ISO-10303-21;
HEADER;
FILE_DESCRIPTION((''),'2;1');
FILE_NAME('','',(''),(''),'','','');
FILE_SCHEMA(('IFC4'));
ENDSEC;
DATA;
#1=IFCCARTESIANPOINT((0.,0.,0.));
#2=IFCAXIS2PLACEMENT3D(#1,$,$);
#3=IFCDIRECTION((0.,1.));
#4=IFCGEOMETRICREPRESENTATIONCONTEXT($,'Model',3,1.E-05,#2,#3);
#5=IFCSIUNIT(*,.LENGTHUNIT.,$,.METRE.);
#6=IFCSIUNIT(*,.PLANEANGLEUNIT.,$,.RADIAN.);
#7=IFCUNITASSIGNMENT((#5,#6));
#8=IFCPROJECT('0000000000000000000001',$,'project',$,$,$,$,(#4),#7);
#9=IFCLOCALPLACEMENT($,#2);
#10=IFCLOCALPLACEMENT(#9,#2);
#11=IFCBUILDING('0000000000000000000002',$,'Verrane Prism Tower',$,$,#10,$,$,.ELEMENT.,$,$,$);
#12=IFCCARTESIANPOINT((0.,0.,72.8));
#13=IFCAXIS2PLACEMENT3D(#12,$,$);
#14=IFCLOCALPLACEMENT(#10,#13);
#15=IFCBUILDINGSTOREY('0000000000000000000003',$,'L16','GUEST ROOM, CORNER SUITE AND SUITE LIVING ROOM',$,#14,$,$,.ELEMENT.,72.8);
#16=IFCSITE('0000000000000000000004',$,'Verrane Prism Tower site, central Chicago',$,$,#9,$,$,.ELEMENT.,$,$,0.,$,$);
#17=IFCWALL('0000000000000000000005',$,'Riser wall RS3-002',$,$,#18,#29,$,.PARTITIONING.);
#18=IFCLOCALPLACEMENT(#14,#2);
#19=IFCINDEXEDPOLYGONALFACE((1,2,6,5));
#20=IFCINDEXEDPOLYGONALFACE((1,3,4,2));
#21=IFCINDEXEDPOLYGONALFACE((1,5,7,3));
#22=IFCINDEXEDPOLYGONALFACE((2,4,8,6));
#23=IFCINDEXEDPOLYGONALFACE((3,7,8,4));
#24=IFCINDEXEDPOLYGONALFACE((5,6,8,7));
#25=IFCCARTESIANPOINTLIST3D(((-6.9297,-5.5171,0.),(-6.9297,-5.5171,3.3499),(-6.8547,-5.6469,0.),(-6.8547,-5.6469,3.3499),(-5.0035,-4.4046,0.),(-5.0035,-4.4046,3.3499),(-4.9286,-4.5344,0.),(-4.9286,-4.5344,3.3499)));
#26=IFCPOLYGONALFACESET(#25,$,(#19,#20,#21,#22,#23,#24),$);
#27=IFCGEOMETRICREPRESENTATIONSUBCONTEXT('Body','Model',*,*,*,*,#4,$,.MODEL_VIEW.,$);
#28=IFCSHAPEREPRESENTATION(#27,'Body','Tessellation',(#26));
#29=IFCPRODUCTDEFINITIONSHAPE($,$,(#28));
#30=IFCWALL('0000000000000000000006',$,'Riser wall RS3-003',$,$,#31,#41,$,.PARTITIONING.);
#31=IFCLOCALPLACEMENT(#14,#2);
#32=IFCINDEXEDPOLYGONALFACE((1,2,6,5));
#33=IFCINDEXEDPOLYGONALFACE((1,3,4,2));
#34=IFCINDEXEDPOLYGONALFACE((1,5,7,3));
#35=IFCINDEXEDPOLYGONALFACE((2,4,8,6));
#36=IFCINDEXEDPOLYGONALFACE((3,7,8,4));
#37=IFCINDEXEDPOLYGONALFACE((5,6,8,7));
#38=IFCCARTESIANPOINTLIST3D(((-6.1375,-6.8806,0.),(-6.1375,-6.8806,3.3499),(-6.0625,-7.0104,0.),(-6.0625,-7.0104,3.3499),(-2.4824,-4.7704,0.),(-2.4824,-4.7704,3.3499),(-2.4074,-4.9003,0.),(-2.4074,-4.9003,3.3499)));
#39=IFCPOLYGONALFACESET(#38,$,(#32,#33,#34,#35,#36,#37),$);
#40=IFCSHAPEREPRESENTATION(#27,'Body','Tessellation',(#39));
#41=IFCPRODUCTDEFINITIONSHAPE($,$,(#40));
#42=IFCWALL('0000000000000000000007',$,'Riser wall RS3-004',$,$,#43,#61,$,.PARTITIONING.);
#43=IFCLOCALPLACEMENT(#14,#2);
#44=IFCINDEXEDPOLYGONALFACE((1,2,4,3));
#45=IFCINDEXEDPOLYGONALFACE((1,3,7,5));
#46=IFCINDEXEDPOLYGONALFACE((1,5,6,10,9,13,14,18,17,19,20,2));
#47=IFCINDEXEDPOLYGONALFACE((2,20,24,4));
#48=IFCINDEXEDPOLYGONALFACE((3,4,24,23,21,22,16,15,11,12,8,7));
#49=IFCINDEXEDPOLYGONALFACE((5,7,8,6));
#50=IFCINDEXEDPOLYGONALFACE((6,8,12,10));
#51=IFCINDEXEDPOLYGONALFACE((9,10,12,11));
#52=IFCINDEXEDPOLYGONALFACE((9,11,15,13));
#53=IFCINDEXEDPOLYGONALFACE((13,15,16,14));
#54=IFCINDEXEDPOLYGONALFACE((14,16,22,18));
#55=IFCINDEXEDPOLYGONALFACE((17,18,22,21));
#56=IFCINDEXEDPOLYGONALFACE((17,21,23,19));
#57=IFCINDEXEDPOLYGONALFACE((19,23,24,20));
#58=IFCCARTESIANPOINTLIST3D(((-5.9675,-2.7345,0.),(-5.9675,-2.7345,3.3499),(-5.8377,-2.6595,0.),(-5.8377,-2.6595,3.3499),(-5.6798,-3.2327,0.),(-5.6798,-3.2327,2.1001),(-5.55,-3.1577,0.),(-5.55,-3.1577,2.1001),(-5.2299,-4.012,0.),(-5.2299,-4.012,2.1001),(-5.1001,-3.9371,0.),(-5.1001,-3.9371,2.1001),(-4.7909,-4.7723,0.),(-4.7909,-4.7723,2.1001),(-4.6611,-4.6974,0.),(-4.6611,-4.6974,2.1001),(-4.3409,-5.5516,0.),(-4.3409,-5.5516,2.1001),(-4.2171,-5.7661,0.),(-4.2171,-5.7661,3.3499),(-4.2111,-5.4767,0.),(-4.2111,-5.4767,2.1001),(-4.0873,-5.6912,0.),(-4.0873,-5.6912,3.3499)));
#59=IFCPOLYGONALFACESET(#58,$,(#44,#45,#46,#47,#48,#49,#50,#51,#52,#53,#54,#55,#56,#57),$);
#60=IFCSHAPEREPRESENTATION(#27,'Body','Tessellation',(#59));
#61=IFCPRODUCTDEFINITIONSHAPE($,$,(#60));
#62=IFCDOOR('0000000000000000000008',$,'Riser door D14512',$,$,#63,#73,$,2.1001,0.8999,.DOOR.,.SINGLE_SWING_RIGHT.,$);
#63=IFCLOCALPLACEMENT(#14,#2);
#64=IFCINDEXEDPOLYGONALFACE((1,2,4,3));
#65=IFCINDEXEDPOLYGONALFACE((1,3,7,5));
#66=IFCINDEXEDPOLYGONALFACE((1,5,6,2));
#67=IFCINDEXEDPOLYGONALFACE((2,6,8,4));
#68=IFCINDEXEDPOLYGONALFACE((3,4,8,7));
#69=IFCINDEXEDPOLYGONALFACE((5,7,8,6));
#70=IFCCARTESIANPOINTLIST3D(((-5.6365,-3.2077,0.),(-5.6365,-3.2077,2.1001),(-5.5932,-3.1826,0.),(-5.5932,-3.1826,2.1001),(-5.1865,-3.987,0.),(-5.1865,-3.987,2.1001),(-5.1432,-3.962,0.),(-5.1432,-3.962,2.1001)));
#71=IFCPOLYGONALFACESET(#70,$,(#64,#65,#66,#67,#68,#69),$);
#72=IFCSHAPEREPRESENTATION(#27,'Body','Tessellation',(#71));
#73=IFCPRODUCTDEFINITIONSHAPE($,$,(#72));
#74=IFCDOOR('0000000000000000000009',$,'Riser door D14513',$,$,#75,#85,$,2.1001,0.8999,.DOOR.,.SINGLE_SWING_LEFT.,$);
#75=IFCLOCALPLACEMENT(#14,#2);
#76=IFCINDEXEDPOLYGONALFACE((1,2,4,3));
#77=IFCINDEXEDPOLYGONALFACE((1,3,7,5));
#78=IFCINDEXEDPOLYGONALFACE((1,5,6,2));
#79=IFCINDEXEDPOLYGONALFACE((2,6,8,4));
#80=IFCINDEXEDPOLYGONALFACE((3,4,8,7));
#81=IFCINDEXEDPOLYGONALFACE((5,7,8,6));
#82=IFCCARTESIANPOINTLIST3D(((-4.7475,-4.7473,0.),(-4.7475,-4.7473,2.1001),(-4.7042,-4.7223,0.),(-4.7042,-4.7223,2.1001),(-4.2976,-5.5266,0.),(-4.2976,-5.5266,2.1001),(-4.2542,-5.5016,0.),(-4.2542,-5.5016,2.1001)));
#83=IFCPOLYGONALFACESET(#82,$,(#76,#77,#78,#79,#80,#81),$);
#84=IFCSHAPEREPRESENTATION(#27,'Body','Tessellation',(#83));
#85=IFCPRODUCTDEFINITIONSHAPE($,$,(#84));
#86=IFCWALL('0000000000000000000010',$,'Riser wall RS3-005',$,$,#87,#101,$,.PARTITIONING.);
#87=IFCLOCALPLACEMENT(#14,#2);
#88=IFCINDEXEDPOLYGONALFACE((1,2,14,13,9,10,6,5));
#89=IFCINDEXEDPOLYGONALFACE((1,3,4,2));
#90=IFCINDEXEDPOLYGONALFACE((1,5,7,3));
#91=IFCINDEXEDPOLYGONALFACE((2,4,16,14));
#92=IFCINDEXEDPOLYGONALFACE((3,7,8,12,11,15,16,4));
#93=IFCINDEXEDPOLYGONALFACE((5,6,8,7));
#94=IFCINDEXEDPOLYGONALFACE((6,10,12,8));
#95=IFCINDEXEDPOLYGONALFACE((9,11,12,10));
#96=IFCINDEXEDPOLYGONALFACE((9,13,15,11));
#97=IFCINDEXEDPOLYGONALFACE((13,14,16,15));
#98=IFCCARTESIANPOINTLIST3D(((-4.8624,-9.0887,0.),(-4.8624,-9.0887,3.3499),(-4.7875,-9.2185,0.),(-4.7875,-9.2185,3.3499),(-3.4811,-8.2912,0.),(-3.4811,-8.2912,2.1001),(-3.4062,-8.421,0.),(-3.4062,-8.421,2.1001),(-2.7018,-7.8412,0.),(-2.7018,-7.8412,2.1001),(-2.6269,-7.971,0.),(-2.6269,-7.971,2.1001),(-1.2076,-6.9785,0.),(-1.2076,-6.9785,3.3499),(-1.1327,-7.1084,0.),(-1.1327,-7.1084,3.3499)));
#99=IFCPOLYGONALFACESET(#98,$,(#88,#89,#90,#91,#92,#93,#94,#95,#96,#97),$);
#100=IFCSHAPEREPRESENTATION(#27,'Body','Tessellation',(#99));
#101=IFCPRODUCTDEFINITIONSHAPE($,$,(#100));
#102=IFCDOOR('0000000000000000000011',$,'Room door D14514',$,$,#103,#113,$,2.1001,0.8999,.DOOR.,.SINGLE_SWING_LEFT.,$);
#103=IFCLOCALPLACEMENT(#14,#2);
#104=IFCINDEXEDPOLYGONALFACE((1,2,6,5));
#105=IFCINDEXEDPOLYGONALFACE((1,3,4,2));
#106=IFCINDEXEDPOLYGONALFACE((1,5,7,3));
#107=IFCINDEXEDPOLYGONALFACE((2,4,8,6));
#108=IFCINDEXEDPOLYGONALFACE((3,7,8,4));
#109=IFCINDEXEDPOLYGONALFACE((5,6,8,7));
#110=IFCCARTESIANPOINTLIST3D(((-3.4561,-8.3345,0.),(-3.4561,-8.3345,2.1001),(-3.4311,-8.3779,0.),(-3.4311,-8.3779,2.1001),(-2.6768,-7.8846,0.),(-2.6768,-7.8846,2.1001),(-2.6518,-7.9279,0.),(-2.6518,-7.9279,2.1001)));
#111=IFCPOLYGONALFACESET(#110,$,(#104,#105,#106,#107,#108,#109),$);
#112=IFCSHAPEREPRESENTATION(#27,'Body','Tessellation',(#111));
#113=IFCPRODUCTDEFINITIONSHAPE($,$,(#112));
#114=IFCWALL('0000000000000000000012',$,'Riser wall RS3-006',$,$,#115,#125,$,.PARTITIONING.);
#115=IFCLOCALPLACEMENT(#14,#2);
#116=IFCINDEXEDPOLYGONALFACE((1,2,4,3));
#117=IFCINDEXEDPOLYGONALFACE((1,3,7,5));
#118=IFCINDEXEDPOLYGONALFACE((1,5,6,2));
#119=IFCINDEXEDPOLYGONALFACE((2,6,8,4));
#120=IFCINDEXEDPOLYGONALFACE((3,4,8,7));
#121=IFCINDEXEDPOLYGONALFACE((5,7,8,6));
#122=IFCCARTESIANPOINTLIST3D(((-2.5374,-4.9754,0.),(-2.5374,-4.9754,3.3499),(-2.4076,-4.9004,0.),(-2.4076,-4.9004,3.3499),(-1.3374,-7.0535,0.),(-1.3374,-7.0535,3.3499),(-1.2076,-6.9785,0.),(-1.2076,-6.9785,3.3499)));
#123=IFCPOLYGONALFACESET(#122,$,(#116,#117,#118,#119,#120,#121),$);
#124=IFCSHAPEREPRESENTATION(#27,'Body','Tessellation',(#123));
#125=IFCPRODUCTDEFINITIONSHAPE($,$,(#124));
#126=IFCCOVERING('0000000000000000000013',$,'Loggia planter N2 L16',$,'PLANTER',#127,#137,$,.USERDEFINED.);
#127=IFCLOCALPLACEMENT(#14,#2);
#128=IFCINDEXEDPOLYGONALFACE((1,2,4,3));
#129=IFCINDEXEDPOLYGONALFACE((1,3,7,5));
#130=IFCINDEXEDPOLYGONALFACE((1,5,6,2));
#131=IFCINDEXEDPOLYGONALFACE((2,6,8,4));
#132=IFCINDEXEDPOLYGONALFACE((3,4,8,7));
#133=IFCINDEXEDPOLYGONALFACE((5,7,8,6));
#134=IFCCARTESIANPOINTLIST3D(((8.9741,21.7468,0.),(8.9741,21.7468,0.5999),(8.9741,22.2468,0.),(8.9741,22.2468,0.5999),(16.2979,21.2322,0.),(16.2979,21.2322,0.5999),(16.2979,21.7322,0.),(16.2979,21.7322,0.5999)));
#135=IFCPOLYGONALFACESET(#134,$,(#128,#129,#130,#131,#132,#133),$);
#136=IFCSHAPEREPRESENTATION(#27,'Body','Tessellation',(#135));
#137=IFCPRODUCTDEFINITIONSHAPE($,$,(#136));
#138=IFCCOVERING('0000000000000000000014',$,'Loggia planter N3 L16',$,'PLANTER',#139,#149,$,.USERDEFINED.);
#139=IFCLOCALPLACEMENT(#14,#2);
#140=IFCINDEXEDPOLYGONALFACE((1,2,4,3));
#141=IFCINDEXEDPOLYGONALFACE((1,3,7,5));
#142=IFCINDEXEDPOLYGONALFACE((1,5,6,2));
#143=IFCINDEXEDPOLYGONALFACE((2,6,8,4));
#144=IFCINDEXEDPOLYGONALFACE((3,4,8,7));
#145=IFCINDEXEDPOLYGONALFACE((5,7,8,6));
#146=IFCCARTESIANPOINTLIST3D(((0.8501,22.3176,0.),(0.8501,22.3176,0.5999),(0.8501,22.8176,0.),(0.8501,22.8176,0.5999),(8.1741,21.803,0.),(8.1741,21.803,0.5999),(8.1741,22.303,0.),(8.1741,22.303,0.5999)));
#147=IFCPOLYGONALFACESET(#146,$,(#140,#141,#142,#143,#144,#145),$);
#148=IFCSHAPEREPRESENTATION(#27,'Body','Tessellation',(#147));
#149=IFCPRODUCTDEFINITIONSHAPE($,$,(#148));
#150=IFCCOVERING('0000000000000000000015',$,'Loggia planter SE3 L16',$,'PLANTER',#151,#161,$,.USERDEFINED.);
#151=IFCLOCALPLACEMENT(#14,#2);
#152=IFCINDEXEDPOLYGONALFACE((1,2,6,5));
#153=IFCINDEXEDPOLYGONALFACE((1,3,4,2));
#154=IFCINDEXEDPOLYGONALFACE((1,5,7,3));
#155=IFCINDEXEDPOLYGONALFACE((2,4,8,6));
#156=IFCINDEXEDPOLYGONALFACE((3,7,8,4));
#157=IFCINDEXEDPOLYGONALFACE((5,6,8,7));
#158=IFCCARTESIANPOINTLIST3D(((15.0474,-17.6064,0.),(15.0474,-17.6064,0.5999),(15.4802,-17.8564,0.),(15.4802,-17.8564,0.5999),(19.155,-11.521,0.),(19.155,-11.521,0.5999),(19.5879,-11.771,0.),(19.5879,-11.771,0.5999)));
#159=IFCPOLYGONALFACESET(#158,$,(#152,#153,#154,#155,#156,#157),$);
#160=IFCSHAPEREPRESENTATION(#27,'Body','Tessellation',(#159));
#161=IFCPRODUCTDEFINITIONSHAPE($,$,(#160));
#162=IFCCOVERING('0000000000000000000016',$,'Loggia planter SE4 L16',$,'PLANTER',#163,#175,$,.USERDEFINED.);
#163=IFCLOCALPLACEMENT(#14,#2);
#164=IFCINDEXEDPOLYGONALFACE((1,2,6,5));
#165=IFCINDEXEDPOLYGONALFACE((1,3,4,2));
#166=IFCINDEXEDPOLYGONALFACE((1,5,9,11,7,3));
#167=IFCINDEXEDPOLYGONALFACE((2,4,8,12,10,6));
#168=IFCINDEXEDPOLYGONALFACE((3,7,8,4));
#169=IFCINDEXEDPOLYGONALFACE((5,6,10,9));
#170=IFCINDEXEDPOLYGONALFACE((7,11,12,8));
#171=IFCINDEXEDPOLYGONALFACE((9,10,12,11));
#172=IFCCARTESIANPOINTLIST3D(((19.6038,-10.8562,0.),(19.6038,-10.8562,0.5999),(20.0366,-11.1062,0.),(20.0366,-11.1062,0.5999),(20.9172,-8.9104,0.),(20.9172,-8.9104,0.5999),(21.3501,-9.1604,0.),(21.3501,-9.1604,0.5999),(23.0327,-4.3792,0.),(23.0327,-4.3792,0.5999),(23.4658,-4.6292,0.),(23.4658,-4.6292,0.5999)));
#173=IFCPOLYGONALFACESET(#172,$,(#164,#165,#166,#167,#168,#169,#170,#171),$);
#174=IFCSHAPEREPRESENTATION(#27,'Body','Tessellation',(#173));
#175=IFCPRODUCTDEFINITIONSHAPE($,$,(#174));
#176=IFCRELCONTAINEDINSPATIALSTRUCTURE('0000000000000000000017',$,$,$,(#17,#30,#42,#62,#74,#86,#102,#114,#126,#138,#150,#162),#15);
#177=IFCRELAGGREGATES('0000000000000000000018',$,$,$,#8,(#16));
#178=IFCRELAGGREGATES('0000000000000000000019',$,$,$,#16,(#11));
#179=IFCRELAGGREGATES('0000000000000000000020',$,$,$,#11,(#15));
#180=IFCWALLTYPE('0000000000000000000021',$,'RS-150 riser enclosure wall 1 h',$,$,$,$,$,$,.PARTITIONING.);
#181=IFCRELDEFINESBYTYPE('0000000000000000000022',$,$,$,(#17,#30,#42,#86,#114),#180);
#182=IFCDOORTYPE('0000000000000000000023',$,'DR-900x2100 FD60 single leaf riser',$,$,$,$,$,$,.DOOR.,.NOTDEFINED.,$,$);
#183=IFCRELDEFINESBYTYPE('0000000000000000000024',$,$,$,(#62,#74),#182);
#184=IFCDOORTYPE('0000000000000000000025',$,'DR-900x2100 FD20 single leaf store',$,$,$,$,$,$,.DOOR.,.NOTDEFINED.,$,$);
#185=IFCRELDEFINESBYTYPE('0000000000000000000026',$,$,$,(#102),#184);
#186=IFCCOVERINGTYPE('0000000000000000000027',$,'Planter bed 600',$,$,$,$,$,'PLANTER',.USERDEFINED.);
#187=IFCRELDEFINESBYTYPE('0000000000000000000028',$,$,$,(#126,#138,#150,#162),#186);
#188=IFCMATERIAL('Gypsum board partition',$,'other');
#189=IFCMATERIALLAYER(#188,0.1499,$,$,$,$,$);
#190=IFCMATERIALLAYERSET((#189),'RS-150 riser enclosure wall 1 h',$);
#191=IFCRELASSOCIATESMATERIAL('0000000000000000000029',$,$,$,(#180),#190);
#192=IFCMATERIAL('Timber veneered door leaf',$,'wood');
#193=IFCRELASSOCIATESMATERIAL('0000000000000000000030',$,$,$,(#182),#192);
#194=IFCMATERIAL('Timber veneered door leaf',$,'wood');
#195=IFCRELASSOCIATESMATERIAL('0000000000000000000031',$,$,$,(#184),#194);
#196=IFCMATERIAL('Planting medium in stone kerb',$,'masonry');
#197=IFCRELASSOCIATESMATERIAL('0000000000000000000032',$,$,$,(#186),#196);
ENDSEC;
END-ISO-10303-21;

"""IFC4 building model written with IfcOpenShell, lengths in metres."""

from ifc_helpers import new_model, si_unit, direction, frame, frame_2d, origin, place, context, subcontext, project, spatial, polyline, rectangle, outline, extrude, material, layer, layer_set, type_object, element, fill, save


model = new_model("IFC4")

# Units and contexts
model_context = context("Model", 3, precision=1e-05, world=origin(), true_north=direction((0.0, 1.0)))
body_context = subcontext(model_context, "Body", "Model", "MODEL_VIEW")
ifc_project = project(units=[si_unit("LENGTHUNIT", "METRE"), si_unit("PLANEANGLEUNIT", "RADIAN")], contexts=[model_context])

# Site, building, storey
site_placement = place(None, origin())
site = spatial("IfcSite", under=ifc_project, at=site_placement, Name="Verrane Prism Tower site, central Chicago", CompositionType="ELEMENT", RefElevation=0.0)
building_placement = place(site_placement, origin())
building = spatial("IfcBuilding", under=site, at=building_placement, Name="Verrane Prism Tower", CompositionType="ELEMENT")
storey_placement = place(building_placement, frame((0.0, 0.0, 72.8)))
storey = spatial("IfcBuildingStorey", under=building, at=storey_placement, Name="L16", Description="GUEST ROOM, CORNER SUITE AND SUITE LIVING ROOM", CompositionType="ELEMENT", Elevation=72.8)

# Walls
ifc_material_1 = material(Name="Gypsum board partition", Category="other")
ifc_layer_1 = layer(ifc_material_1, 0.1499)
ifc_layer_set_1 = layer_set([ifc_layer_1], Name="RS-150 riser enclosure wall 1 h")
wall_type_1 = type_object("IfcWallType", Name="RS-150 riser enclosure wall 1 h", PredefinedType="PARTITIONING", material=ifc_layer_set_1)
wall_1_placement = place(storey_placement, frame((-6.8923, -5.582, 0.0), z_axis=(0.0, 0.0, 1.0), x_axis=(0.865944, 0.50014, 0.0)))
element("IfcWall", 1, at=wall_1_placement, inside=storey, type_object=wall_type_1, Name="Riser wall RS3-002", PredefinedType="PARTITIONING", context=body_context, shape_type="SweptSolid", body=[
    extrude(rectangle(XDim=2.2244, YDim=0.1499, at=frame_2d((1.1123, 0.0))), origin(), (0.0, 0.0, 1.0), 3.3499),
])
wall_2_placement = place(storey_placement, frame((-6.1001, -6.9456, 0.0), z_axis=(0.0, 0.0, 1.0), x_axis=(0.866038, 0.499978, 0.0)))
element("IfcWall", 2, at=wall_2_placement, inside=storey, type_object=wall_type_1, Name="Riser wall RS3-003", PredefinedType="PARTITIONING", context=body_context, shape_type="SweptSolid", body=[
    extrude(rectangle(XDim=4.2205, YDim=0.1499, at=frame_2d((2.1104, 0.0))), origin(), (0.0, 0.0, 1.0), 3.3499),
])

# Wall, openings, doors
wall_3_placement = place(storey_placement, frame((-4.1521, -5.7288, 0.0), z_axis=(0.0, 0.0, 1.0), x_axis=(-0.500024, 0.866011, 0.0)))
wall_3 = element("IfcWall", 3, at=wall_3_placement, inside=storey, type_object=wall_type_1, Name="Riser wall RS3-004", PredefinedType="PARTITIONING", context=body_context, shape_type="SweptSolid", body=[
    extrude(rectangle(XDim=3.5007, YDim=0.1499, at=frame_2d((1.7505, 0.0))), origin(), (0.0, 0.0, 1.0), 3.3499),
])
opening_1_placement = place(wall_3_placement, frame((2.0256, 0.0, 0.0)))
opening_1 = element("IfcOpeningElement", 4, at=opening_1_placement, cuts=wall_3, PredefinedType="OPENING", context=body_context, shape_type="SweptSolid", body=[
    extrude(rectangle(XDim=0.8999, YDim=2.1001, at=frame_2d((0.45, 1.05))), frame((0.0, 0.085, 0.0), z_axis=(0.0, -1.0, 0.0), x_axis=(1.0, 0.0, 0.0)), (0.0, 0.0, 1.0), 0.1699),
])
opening_2_placement = place(wall_3_placement, frame((0.2478, 0.0, 0.0)))
opening_2 = element("IfcOpeningElement", 5, at=opening_2_placement, cuts=wall_3, PredefinedType="OPENING", context=body_context, shape_type="SweptSolid", body=[
    extrude(rectangle(XDim=0.8999, YDim=2.1001, at=frame_2d((0.45, 1.05))), frame((0.0, 0.085, 0.0), z_axis=(0.0, -1.0, 0.0), x_axis=(1.0, 0.0, 0.0)), (0.0, 0.0, 1.0), 0.1699),
])
ifc_material_2 = material(Name="Timber veneered door leaf", Category="wood")
door_type_1 = type_object("IfcDoorType", Name="DR-900x2100 FD60 single leaf riser", OperationType="NOTDEFINED", PredefinedType="DOOR", material=ifc_material_2)
door_1_placement = place(opening_1_placement, origin())
door_1 = element("IfcDoor", 6, at=door_1_placement, inside=storey, type_object=door_type_1, Name="Riser door D14512", OperationType="SINGLE_SWING_RIGHT", OverallHeight=2.1001, OverallWidth=0.8999, PredefinedType="DOOR", context=body_context, shape_type="SweptSolid", body=[
    extrude(rectangle(XDim=0.8999, YDim=2.1001, at=frame_2d((0.45, 1.05))), frame((0.0, 0.0249, 0.0), z_axis=(0.0, -1.0, 0.0), x_axis=(1.0, 0.0, 0.0)), (0.0, 0.0, 1.0), 0.05),
])
fill(opening_1, door_1)
door_2_placement = place(opening_2_placement, origin())
door_2 = element("IfcDoor", 7, at=door_2_placement, inside=storey, type_object=door_type_1, Name="Riser door D14513", OperationType="SINGLE_SWING_LEFT", OverallHeight=2.1001, OverallWidth=0.8999, PredefinedType="DOOR", context=body_context, shape_type="SweptSolid", body=[
    extrude(rectangle(XDim=0.8999, YDim=2.1001, at=frame_2d((0.45, 1.05))), frame((0.0, 0.0249, 0.0), z_axis=(0.0, -1.0, 0.0), x_axis=(1.0, 0.0, 0.0)), (0.0, 0.0, 1.0), 0.05),
])
fill(opening_2, door_2)

# Wall, opening, door
wall_4_placement = place(storey_placement, frame((-4.825, -9.1536, 0.0), z_axis=(0.0, 0.0, 1.0), x_axis=(0.866024, 0.500003, 0.0)))
wall_4 = element("IfcWall", 8, at=wall_4_placement, inside=storey, type_object=wall_type_1, Name="Riser wall RS3-005", PredefinedType="PARTITIONING", context=body_context, shape_type="SweptSolid", body=[
    extrude(rectangle(XDim=4.2202, YDim=0.1499, at=frame_2d((2.1101, 0.0))), origin(), (0.0, 0.0, 1.0), 3.3499),
])
opening_3_placement = place(wall_4_placement, frame((1.595, 0.0, 0.0)))
opening_3 = element("IfcOpeningElement", 9, at=opening_3_placement, cuts=wall_4, PredefinedType="OPENING", context=body_context, shape_type="SweptSolid", body=[
    extrude(rectangle(XDim=0.8999, YDim=2.1001, at=frame_2d((0.45, 1.05))), frame((0.0, 0.085, 0.0), z_axis=(0.0, -1.0, 0.0), x_axis=(1.0, 0.0, 0.0)), (0.0, 0.0, 1.0), 0.1699),
])
ifc_material_3 = material(Name="Timber veneered door leaf", Category="wood")
door_type_2 = type_object("IfcDoorType", Name="DR-900x2100 FD20 single leaf store", OperationType="NOTDEFINED", PredefinedType="DOOR", material=ifc_material_3)
door_3_placement = place(opening_3_placement, origin())
door_3 = element("IfcDoor", 10, at=door_3_placement, inside=storey, type_object=door_type_2, Name="Room door D14514", OperationType="SINGLE_SWING_LEFT", OverallHeight=2.1001, OverallWidth=0.8999, PredefinedType="DOOR", context=body_context, shape_type="SweptSolid", body=[
    extrude(rectangle(XDim=0.8999, YDim=2.1001, at=frame_2d((0.45, 1.05))), frame((0.0, 0.0249, 0.0), z_axis=(0.0, -1.0, 0.0), x_axis=(1.0, 0.0, 0.0)), (0.0, 0.0, 1.0), 0.05),
])
fill(opening_3, door_3)

# Wall
wall_5_placement = place(storey_placement, frame((-2.4724, -4.938, 0.0), z_axis=(0.0, 0.0, 1.0), x_axis=(0.500045, -0.865999, 0.0)))
element("IfcWall", 11, at=wall_5_placement, inside=storey, type_object=wall_type_1, Name="Riser wall RS3-006", PredefinedType="PARTITIONING", context=body_context, shape_type="SweptSolid", body=[
    extrude(rectangle(XDim=2.3997, YDim=0.1499, at=frame_2d((1.1997, 0.0))), origin(), (0.0, 0.0, 1.0), 3.3499),
])

# Coverings
ifc_material_4 = material(Name="Planting medium in stone kerb", Category="masonry")
covering_type_1 = type_object("IfcCoveringType", Name="Planter bed 600", ElementType="PLANTER", PredefinedType="USERDEFINED", material=ifc_material_4)
covering_1_placement = place(storey_placement, origin())
element("IfcCovering", 12, at=covering_1_placement, inside=storey, type_object=covering_type_1, Name="Loggia planter N2 L16", ObjectType="PLANTER", PredefinedType="USERDEFINED", context=body_context, shape_type="SweptSolid", body=[
    extrude(outline(polyline([(16.2979, 21.7322), (8.9741, 22.2468), (8.9741, 21.7468), (16.2979, 21.2322), (16.2979, 21.7322)])), origin(), (0.0, 0.0, 1.0), 0.5999),
])
covering_2_placement = place(storey_placement, origin())
element("IfcCovering", 13, at=covering_2_placement, inside=storey, type_object=covering_type_1, Name="Loggia planter N3 L16", ObjectType="PLANTER", PredefinedType="USERDEFINED", context=body_context, shape_type="SweptSolid", body=[
    extrude(outline(polyline([(8.1741, 22.303), (0.8501, 22.8176), (0.8501, 22.3176), (8.1741, 21.803), (8.1741, 22.303)])), origin(), (0.0, 0.0, 1.0), 0.5999),
])
covering_3_placement = place(storey_placement, origin())
element("IfcCovering", 14, at=covering_3_placement, inside=storey, type_object=covering_type_1, Name="Loggia planter SE3 L16", ObjectType="PLANTER", PredefinedType="USERDEFINED", context=body_context, shape_type="SweptSolid", body=[
    extrude(outline(polyline([(15.4802, -17.8564), (19.5879, -11.771), (19.155, -11.521), (15.0474, -17.6064), (15.4802, -17.8564)])), origin(), (0.0, 0.0, 1.0), 0.5999),
])
covering_4_placement = place(storey_placement, origin())
element("IfcCovering", 15, at=covering_4_placement, inside=storey, type_object=covering_type_1, Name="Loggia planter SE4 L16", ObjectType="PLANTER", PredefinedType="USERDEFINED", context=body_context, shape_type="SweptSolid", body=[
    extrude(outline(polyline([(20.0366, -11.1062), (21.3501, -9.1604), (23.4658, -4.6292), (23.0327, -4.3792), (20.9172, -8.9104), (19.6038, -10.8562), (20.0366, -11.1062)])), origin(), (0.0, 0.0, 1.0), 0.5999),
])

save(model, "model.ifc")
